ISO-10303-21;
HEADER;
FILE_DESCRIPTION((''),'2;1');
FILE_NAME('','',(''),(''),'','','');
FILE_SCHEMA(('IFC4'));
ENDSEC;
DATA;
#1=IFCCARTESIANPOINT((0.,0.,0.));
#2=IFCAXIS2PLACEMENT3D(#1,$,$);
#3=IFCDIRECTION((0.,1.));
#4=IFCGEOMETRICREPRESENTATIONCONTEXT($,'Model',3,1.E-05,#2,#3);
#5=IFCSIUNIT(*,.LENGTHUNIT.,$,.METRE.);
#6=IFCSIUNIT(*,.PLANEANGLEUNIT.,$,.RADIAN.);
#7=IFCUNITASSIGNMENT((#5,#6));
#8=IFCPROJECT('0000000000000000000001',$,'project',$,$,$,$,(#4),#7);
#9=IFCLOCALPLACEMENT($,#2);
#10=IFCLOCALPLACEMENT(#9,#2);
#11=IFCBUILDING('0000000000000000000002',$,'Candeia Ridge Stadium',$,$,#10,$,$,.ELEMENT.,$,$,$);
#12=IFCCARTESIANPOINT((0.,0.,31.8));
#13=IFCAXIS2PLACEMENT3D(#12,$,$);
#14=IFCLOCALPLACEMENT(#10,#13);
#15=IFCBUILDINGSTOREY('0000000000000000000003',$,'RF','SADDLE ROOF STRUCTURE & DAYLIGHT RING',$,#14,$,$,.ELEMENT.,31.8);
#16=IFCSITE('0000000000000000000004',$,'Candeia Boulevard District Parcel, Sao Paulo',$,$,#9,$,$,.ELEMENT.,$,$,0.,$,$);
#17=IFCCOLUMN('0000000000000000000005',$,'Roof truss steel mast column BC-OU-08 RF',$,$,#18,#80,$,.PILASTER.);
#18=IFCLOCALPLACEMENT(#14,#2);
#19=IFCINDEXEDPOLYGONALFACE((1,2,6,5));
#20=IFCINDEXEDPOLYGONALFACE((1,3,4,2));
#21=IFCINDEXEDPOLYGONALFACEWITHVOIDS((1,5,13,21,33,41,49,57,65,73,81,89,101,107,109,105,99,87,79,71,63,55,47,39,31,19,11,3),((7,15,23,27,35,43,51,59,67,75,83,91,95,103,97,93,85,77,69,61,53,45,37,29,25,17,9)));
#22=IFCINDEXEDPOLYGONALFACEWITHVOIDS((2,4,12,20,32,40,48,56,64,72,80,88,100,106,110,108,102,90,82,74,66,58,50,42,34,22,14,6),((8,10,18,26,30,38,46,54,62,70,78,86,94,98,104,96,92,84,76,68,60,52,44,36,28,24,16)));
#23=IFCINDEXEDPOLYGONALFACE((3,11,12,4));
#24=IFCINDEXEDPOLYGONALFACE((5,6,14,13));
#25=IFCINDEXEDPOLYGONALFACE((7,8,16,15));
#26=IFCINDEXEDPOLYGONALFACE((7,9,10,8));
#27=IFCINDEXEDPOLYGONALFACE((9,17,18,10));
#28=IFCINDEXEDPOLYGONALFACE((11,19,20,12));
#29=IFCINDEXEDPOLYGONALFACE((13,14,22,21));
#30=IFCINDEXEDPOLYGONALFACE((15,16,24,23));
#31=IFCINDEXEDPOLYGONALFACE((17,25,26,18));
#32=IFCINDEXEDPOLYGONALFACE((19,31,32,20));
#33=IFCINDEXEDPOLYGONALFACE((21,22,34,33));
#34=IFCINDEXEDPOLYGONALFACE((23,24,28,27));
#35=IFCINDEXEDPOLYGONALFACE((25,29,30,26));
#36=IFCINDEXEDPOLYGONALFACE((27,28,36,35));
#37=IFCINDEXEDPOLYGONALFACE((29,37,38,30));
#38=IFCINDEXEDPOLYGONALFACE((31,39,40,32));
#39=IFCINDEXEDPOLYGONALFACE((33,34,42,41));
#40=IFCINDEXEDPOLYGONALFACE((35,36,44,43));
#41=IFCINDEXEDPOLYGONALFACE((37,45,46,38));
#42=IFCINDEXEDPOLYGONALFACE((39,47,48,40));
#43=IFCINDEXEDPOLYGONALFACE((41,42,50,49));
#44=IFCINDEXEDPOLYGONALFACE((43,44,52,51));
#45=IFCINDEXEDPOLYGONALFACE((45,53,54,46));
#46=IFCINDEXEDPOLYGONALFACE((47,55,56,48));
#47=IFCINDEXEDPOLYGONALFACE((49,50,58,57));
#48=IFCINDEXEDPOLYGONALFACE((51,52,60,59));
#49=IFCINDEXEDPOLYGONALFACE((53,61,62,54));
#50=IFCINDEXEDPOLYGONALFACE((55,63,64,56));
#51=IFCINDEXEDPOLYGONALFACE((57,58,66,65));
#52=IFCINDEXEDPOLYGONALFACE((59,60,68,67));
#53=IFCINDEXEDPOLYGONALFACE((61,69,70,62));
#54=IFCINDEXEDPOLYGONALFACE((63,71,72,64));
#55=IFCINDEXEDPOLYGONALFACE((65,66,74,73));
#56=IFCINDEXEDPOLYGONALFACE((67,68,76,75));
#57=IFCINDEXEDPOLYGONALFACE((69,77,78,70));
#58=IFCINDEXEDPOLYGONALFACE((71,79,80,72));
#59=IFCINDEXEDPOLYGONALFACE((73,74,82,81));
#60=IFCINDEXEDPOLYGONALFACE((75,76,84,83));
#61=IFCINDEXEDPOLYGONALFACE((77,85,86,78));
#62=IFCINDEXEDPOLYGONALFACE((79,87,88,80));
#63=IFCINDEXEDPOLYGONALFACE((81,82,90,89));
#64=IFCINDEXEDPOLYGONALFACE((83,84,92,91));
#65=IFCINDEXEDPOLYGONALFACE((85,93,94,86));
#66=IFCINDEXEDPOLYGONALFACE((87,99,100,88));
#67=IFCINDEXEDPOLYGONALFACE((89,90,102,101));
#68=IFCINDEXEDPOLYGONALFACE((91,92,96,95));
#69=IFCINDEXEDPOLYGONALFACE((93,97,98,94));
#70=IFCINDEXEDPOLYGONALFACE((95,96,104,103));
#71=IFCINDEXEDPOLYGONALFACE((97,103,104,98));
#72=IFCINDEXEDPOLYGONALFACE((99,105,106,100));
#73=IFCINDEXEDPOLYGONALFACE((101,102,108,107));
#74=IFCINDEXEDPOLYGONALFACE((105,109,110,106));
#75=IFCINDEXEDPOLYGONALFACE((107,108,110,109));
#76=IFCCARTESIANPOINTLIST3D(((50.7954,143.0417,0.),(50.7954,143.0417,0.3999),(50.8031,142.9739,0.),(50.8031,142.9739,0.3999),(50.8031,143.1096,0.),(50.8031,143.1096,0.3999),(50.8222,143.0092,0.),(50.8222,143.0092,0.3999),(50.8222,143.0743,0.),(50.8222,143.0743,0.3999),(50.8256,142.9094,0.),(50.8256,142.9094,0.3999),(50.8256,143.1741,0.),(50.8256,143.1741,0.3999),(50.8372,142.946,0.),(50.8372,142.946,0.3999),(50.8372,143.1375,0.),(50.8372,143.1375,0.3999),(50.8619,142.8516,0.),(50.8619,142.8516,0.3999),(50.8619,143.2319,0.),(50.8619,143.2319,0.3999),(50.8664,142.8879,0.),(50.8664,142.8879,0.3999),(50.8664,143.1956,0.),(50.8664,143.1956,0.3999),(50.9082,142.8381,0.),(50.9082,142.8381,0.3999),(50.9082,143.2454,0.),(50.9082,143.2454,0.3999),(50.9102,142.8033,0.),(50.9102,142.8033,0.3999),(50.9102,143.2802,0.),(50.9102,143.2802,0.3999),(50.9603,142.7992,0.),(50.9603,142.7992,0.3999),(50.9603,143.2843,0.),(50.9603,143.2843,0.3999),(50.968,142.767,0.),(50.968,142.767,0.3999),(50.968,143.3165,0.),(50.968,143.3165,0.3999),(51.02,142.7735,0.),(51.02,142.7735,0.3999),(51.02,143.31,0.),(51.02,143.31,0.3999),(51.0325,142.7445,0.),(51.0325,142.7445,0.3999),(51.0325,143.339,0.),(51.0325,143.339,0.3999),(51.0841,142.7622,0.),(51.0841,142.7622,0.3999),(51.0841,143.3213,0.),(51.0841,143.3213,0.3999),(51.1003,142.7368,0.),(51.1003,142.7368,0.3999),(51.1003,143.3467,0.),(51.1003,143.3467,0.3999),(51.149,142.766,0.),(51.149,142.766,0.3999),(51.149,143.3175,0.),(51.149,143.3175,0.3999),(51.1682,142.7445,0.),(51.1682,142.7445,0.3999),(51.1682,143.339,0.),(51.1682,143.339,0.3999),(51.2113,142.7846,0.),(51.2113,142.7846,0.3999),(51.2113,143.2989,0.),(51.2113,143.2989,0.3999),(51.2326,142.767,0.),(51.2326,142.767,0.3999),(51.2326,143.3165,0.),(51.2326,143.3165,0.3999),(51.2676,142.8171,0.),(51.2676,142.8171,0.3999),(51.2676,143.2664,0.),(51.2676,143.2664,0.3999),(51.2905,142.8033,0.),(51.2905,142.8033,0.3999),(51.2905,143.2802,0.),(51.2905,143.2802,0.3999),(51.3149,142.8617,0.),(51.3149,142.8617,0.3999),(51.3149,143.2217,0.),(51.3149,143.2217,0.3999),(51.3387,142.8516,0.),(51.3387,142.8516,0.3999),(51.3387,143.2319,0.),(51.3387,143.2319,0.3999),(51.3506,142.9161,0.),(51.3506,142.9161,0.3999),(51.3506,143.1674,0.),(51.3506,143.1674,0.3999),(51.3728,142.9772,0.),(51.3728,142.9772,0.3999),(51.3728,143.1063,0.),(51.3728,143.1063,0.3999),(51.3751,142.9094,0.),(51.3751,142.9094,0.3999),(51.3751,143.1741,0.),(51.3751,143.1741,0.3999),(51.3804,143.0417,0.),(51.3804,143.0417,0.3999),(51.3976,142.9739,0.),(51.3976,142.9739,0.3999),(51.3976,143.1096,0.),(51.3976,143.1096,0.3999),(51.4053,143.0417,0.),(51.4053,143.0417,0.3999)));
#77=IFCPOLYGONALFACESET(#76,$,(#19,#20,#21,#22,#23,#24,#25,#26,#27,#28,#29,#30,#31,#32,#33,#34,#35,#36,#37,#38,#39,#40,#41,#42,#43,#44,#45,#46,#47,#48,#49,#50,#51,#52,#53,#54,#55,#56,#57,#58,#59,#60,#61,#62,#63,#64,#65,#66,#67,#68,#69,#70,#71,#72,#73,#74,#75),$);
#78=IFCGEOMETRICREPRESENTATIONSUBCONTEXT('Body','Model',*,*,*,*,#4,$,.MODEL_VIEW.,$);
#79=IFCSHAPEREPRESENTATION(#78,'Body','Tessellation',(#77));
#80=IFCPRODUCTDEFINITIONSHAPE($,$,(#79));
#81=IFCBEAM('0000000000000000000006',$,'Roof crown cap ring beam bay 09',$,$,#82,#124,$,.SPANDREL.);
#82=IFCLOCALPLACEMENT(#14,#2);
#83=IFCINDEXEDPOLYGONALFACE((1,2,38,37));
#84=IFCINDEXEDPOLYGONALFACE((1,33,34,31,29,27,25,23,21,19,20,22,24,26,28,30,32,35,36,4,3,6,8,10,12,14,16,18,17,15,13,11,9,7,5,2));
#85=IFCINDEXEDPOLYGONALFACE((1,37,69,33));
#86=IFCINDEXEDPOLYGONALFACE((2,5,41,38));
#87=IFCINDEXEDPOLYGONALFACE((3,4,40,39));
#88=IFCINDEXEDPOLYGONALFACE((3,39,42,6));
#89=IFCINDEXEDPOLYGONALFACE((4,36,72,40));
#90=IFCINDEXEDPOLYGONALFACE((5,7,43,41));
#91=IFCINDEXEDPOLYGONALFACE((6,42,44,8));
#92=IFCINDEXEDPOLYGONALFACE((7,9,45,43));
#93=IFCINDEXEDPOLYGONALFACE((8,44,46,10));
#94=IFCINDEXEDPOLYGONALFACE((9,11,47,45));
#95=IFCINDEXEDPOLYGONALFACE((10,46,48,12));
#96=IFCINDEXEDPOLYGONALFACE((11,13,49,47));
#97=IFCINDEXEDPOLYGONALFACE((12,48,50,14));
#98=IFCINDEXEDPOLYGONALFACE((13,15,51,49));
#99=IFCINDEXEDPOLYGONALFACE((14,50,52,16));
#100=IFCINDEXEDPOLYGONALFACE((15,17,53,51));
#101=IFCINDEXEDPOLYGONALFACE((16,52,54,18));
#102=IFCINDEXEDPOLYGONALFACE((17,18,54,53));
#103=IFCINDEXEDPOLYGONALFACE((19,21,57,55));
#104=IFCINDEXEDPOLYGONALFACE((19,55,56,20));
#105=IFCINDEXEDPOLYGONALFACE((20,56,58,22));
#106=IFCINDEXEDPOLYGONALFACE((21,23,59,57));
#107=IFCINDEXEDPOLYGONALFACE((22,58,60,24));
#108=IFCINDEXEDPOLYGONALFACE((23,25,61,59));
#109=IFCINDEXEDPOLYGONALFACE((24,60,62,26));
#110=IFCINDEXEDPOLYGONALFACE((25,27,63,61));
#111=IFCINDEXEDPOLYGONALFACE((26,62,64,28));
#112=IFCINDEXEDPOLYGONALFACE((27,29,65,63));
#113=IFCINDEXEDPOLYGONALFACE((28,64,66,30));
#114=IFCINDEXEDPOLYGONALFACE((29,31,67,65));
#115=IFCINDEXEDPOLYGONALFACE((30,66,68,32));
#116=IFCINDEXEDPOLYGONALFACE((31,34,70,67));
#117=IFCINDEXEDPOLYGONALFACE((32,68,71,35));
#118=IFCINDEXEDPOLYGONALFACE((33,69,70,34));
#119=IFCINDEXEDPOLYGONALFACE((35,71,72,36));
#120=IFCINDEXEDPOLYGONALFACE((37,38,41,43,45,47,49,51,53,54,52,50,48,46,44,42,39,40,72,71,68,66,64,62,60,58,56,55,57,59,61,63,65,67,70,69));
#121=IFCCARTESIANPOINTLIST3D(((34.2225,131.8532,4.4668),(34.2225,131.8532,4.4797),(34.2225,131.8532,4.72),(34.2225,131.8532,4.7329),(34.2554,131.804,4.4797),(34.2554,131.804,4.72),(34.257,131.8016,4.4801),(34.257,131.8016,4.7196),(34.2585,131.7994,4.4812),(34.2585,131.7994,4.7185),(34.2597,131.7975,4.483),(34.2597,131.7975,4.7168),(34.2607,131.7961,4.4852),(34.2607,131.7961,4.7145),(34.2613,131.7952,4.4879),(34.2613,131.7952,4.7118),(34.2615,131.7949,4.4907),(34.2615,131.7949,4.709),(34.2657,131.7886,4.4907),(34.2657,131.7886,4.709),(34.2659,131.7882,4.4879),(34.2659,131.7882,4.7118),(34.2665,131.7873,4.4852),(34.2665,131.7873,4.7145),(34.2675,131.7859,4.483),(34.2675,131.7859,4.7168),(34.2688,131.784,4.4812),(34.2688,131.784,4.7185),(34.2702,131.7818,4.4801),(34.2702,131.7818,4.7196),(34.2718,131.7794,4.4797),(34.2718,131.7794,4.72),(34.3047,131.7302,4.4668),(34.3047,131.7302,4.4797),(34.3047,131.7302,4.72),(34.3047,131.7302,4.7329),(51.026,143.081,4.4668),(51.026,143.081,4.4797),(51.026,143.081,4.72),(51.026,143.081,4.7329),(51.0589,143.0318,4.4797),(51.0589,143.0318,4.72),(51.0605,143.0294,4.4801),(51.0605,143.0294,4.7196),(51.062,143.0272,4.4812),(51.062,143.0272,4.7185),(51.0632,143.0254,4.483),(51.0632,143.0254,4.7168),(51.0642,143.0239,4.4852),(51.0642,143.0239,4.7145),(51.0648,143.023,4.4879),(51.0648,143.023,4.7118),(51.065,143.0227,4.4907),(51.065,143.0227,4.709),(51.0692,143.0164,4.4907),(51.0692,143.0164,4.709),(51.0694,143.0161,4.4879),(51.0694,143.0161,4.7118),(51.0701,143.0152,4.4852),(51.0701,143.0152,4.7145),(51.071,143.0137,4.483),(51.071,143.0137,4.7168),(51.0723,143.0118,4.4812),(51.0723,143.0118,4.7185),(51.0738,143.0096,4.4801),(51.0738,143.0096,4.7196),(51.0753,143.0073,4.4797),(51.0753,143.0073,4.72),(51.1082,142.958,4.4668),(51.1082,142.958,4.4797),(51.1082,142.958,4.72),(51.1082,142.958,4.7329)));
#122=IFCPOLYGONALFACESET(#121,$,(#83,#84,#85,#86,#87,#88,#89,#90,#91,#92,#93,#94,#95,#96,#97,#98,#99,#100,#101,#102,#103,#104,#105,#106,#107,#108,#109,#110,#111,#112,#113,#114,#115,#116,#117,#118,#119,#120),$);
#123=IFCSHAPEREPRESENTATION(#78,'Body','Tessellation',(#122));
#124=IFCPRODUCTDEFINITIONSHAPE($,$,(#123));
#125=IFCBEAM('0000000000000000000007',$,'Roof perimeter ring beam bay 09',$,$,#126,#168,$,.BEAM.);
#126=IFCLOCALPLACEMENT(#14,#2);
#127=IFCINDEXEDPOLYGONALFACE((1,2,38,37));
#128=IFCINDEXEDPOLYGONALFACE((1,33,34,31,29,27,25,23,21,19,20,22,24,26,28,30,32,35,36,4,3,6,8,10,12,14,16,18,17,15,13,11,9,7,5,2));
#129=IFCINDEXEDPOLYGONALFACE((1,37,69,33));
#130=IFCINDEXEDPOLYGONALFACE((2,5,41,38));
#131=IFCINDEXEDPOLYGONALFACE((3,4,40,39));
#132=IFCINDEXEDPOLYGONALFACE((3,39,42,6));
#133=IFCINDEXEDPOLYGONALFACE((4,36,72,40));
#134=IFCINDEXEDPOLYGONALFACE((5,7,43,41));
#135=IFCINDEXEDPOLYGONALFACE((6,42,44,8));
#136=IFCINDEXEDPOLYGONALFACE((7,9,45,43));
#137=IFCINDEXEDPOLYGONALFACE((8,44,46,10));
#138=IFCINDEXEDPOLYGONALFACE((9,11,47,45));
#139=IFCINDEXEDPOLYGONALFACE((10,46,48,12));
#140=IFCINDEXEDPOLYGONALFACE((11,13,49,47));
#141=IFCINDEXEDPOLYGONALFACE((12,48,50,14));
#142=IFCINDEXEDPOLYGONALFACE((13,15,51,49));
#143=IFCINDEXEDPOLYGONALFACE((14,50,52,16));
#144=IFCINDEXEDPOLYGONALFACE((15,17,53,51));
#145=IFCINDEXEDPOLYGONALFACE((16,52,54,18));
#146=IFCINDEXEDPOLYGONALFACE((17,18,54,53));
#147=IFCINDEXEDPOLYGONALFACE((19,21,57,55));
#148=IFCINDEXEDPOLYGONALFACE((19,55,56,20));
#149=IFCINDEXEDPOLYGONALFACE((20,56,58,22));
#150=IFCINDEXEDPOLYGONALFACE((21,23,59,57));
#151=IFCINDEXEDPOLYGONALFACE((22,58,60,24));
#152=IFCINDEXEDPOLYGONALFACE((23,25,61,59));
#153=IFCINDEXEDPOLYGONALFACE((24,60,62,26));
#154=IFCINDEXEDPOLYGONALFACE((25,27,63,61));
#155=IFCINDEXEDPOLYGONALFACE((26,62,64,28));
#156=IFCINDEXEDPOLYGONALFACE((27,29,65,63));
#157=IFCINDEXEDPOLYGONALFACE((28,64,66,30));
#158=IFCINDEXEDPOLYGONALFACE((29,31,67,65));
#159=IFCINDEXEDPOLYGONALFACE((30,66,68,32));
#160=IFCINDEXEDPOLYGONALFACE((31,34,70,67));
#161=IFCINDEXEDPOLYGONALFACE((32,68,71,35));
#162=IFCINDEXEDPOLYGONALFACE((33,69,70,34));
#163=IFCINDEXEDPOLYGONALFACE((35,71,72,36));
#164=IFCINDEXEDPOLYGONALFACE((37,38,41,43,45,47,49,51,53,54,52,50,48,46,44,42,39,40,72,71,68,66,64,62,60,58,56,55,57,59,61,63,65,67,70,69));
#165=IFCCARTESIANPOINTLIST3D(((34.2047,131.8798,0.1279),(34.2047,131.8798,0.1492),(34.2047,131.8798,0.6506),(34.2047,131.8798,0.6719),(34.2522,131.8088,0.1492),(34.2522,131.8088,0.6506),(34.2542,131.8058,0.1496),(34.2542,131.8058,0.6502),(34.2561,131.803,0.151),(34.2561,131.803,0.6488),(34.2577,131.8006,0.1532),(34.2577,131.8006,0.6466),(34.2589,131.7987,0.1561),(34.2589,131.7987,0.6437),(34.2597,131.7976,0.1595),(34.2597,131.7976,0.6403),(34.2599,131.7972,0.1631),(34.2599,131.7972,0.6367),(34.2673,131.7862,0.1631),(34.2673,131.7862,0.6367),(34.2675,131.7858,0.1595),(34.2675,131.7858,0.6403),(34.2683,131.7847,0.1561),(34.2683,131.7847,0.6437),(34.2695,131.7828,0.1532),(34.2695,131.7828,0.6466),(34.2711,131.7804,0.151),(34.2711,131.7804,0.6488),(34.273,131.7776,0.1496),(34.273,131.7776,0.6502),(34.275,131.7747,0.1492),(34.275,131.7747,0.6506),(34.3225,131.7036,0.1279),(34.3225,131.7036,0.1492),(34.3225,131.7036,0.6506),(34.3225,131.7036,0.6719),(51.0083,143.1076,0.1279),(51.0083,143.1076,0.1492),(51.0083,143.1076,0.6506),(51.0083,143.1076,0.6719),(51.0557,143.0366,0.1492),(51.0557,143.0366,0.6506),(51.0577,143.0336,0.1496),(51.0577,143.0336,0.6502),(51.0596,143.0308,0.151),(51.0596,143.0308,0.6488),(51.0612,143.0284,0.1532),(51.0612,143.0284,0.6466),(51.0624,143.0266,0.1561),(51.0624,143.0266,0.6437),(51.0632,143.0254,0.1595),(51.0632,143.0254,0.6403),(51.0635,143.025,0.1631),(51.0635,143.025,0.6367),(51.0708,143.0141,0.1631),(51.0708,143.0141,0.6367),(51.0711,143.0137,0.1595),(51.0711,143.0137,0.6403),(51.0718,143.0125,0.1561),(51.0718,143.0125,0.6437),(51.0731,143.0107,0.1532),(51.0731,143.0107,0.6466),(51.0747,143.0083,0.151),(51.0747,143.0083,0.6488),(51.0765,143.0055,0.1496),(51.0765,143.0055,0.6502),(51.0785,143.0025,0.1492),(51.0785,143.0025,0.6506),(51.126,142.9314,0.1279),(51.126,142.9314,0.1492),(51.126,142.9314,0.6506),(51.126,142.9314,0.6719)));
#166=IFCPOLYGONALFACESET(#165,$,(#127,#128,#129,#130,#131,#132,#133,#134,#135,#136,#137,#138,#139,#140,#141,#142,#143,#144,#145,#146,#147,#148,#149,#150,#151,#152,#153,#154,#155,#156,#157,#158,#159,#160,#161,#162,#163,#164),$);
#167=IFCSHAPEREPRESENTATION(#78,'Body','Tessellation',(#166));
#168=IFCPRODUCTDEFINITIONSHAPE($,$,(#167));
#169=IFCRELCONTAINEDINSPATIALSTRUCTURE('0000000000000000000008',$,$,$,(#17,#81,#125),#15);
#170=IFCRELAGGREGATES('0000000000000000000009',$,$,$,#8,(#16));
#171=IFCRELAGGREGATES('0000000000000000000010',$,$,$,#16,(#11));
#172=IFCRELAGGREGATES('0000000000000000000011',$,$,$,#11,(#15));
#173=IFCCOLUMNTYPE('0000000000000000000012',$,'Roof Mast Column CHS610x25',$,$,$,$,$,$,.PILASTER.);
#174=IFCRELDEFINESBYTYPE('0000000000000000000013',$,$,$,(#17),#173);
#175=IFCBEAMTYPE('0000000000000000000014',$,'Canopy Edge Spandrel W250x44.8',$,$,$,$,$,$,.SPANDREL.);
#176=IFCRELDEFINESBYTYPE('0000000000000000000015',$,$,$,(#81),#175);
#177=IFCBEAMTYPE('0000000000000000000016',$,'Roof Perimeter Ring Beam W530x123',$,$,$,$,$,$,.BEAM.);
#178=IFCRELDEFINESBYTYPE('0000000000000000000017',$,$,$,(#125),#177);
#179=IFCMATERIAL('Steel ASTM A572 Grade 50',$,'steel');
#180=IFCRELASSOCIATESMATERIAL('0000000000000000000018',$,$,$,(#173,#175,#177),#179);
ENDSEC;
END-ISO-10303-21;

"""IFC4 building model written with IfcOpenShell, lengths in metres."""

from ifc_helpers import new_model, si_unit, direction, frame, origin, origin_2d, place, context, subcontext, project, spatial, hollow_circle, i_section, extrude, material, material_profile, profile_set, type_object, element, save


model = new_model("IFC4")

# Units and contexts
model_context = context("Model", 3, precision=1e-05, world=origin(), true_north=direction((0.0, 1.0)))
body_context = subcontext(model_context, "Body", "Model", "MODEL_VIEW")
ifc_project = project(units=[si_unit("LENGTHUNIT", "METRE"), si_unit("PLANEANGLEUNIT", "RADIAN")], contexts=[model_context])

# Site, building, storey
site_placement = place(None, origin())
site = spatial("IfcSite", under=ifc_project, at=site_placement, Name="Candeia Boulevard District Parcel, Sao Paulo", CompositionType="ELEMENT", RefElevation=0.0)
building_placement = place(site_placement, origin())
building = spatial("IfcBuilding", under=site, at=building_placement, Name="Candeia Ridge Stadium", CompositionType="ELEMENT")
storey_placement = place(building_placement, frame((0.0, 0.0, 31.8)))
storey = spatial("IfcBuildingStorey", under=building, at=storey_placement, Name="RF", Description="SADDLE ROOF STRUCTURE & DAYLIGHT RING", CompositionType="ELEMENT", Elevation=31.8)

# Column
ifc_material_1 = material(Name="Steel ASTM A572 Grade 50", Category="steel")
ifc_material_profile_1 = material_profile(ifc_material_1, hollow_circle(Radius=0.3049, WallThickness=0.0249, at=origin_2d()), Name="CHS610x25", Category="steel")
ifc_profile_set_1 = profile_set([ifc_material_profile_1], Name="Steel ASTM A572 Grade 50")
column_type = type_object("IfcColumnType", Name="Roof Mast Column CHS610x25", PredefinedType="PILASTER", material=ifc_profile_set_1)
column_placement = place(storey_placement, frame((51.1003, 143.0417, 0.0), z_axis=(0.0, 0.0, 1.0), x_axis=(1.0, 0.0, 0.0)))
element("IfcColumn", 1, at=column_placement, inside=storey, type_object=column_type, Name="Roof truss steel mast column BC-OU-08 RF", PredefinedType="PILASTER", context=body_context, shape_type="SweptSolid", body=[
    extrude(hollow_circle(Radius=0.3049, WallThickness=0.0249, at=origin_2d()), origin(), (0.0, 0.0, 1.0), 0.3999),
])

# Beams
ifc_material_profile_2 = material_profile(ifc_material_1, i_section(OverallWidth=0.1479, OverallDepth=0.2661, WebThickness=0.0076, FlangeThickness=0.0129, FilletRadius=0.011, at=origin_2d()), Name="W250x44.8", Category="steel")
ifc_profile_set_2 = profile_set([ifc_material_profile_2], Name="Steel ASTM A572 Grade 50")
beam_type_1 = type_object("IfcBeamType", Name="Canopy Edge Spandrel W250x44.8", PredefinedType="SPANDREL", material=ifc_profile_set_2)
beam_1_placement = place(storey_placement, frame((51.0671, 143.0195, 4.5999), z_axis=(-0.831468, -0.555572, 0.0), x_axis=(0.555572, -0.831468, 0.0)))
element("IfcBeam", 2, at=beam_1_placement, inside=storey, type_object=beam_type_1, Name="Roof crown cap ring beam bay 09", PredefinedType="SPANDREL", context=body_context, shape_type="SweptSolid", body=[
    extrude(i_section(OverallWidth=0.1479, OverallDepth=0.2661, WebThickness=0.0076, FlangeThickness=0.0129, FilletRadius=0.011, at=origin_2d()), origin(), (0.0, 0.0, 1.0), 20.2095),
])
ifc_material_profile_3 = material_profile(ifc_material_1, i_section(OverallWidth=0.2119, OverallDepth=0.5439, WebThickness=0.0132, FlangeThickness=0.0212, FilletRadius=0.0139, at=origin_2d()), Name="W530x123", Category="steel")
ifc_profile_set_3 = profile_set([ifc_material_profile_3], Name="Steel ASTM A572 Grade 50")
beam_type_2 = type_object("IfcBeamType", Name="Roof Perimeter Ring Beam W530x123", PredefinedType="BEAM", material=ifc_profile_set_3)
beam_2_placement = place(storey_placement, frame((51.0671, 143.0195, 0.3999), z_axis=(-0.831468, -0.555572, 0.0), x_axis=(0.555572, -0.831468, 0.0)))
element("IfcBeam", 3, at=beam_2_placement, inside=storey, type_object=beam_type_2, Name="Roof perimeter ring beam bay 09", PredefinedType="BEAM", context=body_context, shape_type="SweptSolid", body=[
    extrude(i_section(OverallWidth=0.2119, OverallDepth=0.5439, WebThickness=0.0132, FlangeThickness=0.0212, FilletRadius=0.0139, at=origin_2d()), origin(), (0.0, 0.0, 1.0), 20.2095),
])

save(model, "model.ifc")
